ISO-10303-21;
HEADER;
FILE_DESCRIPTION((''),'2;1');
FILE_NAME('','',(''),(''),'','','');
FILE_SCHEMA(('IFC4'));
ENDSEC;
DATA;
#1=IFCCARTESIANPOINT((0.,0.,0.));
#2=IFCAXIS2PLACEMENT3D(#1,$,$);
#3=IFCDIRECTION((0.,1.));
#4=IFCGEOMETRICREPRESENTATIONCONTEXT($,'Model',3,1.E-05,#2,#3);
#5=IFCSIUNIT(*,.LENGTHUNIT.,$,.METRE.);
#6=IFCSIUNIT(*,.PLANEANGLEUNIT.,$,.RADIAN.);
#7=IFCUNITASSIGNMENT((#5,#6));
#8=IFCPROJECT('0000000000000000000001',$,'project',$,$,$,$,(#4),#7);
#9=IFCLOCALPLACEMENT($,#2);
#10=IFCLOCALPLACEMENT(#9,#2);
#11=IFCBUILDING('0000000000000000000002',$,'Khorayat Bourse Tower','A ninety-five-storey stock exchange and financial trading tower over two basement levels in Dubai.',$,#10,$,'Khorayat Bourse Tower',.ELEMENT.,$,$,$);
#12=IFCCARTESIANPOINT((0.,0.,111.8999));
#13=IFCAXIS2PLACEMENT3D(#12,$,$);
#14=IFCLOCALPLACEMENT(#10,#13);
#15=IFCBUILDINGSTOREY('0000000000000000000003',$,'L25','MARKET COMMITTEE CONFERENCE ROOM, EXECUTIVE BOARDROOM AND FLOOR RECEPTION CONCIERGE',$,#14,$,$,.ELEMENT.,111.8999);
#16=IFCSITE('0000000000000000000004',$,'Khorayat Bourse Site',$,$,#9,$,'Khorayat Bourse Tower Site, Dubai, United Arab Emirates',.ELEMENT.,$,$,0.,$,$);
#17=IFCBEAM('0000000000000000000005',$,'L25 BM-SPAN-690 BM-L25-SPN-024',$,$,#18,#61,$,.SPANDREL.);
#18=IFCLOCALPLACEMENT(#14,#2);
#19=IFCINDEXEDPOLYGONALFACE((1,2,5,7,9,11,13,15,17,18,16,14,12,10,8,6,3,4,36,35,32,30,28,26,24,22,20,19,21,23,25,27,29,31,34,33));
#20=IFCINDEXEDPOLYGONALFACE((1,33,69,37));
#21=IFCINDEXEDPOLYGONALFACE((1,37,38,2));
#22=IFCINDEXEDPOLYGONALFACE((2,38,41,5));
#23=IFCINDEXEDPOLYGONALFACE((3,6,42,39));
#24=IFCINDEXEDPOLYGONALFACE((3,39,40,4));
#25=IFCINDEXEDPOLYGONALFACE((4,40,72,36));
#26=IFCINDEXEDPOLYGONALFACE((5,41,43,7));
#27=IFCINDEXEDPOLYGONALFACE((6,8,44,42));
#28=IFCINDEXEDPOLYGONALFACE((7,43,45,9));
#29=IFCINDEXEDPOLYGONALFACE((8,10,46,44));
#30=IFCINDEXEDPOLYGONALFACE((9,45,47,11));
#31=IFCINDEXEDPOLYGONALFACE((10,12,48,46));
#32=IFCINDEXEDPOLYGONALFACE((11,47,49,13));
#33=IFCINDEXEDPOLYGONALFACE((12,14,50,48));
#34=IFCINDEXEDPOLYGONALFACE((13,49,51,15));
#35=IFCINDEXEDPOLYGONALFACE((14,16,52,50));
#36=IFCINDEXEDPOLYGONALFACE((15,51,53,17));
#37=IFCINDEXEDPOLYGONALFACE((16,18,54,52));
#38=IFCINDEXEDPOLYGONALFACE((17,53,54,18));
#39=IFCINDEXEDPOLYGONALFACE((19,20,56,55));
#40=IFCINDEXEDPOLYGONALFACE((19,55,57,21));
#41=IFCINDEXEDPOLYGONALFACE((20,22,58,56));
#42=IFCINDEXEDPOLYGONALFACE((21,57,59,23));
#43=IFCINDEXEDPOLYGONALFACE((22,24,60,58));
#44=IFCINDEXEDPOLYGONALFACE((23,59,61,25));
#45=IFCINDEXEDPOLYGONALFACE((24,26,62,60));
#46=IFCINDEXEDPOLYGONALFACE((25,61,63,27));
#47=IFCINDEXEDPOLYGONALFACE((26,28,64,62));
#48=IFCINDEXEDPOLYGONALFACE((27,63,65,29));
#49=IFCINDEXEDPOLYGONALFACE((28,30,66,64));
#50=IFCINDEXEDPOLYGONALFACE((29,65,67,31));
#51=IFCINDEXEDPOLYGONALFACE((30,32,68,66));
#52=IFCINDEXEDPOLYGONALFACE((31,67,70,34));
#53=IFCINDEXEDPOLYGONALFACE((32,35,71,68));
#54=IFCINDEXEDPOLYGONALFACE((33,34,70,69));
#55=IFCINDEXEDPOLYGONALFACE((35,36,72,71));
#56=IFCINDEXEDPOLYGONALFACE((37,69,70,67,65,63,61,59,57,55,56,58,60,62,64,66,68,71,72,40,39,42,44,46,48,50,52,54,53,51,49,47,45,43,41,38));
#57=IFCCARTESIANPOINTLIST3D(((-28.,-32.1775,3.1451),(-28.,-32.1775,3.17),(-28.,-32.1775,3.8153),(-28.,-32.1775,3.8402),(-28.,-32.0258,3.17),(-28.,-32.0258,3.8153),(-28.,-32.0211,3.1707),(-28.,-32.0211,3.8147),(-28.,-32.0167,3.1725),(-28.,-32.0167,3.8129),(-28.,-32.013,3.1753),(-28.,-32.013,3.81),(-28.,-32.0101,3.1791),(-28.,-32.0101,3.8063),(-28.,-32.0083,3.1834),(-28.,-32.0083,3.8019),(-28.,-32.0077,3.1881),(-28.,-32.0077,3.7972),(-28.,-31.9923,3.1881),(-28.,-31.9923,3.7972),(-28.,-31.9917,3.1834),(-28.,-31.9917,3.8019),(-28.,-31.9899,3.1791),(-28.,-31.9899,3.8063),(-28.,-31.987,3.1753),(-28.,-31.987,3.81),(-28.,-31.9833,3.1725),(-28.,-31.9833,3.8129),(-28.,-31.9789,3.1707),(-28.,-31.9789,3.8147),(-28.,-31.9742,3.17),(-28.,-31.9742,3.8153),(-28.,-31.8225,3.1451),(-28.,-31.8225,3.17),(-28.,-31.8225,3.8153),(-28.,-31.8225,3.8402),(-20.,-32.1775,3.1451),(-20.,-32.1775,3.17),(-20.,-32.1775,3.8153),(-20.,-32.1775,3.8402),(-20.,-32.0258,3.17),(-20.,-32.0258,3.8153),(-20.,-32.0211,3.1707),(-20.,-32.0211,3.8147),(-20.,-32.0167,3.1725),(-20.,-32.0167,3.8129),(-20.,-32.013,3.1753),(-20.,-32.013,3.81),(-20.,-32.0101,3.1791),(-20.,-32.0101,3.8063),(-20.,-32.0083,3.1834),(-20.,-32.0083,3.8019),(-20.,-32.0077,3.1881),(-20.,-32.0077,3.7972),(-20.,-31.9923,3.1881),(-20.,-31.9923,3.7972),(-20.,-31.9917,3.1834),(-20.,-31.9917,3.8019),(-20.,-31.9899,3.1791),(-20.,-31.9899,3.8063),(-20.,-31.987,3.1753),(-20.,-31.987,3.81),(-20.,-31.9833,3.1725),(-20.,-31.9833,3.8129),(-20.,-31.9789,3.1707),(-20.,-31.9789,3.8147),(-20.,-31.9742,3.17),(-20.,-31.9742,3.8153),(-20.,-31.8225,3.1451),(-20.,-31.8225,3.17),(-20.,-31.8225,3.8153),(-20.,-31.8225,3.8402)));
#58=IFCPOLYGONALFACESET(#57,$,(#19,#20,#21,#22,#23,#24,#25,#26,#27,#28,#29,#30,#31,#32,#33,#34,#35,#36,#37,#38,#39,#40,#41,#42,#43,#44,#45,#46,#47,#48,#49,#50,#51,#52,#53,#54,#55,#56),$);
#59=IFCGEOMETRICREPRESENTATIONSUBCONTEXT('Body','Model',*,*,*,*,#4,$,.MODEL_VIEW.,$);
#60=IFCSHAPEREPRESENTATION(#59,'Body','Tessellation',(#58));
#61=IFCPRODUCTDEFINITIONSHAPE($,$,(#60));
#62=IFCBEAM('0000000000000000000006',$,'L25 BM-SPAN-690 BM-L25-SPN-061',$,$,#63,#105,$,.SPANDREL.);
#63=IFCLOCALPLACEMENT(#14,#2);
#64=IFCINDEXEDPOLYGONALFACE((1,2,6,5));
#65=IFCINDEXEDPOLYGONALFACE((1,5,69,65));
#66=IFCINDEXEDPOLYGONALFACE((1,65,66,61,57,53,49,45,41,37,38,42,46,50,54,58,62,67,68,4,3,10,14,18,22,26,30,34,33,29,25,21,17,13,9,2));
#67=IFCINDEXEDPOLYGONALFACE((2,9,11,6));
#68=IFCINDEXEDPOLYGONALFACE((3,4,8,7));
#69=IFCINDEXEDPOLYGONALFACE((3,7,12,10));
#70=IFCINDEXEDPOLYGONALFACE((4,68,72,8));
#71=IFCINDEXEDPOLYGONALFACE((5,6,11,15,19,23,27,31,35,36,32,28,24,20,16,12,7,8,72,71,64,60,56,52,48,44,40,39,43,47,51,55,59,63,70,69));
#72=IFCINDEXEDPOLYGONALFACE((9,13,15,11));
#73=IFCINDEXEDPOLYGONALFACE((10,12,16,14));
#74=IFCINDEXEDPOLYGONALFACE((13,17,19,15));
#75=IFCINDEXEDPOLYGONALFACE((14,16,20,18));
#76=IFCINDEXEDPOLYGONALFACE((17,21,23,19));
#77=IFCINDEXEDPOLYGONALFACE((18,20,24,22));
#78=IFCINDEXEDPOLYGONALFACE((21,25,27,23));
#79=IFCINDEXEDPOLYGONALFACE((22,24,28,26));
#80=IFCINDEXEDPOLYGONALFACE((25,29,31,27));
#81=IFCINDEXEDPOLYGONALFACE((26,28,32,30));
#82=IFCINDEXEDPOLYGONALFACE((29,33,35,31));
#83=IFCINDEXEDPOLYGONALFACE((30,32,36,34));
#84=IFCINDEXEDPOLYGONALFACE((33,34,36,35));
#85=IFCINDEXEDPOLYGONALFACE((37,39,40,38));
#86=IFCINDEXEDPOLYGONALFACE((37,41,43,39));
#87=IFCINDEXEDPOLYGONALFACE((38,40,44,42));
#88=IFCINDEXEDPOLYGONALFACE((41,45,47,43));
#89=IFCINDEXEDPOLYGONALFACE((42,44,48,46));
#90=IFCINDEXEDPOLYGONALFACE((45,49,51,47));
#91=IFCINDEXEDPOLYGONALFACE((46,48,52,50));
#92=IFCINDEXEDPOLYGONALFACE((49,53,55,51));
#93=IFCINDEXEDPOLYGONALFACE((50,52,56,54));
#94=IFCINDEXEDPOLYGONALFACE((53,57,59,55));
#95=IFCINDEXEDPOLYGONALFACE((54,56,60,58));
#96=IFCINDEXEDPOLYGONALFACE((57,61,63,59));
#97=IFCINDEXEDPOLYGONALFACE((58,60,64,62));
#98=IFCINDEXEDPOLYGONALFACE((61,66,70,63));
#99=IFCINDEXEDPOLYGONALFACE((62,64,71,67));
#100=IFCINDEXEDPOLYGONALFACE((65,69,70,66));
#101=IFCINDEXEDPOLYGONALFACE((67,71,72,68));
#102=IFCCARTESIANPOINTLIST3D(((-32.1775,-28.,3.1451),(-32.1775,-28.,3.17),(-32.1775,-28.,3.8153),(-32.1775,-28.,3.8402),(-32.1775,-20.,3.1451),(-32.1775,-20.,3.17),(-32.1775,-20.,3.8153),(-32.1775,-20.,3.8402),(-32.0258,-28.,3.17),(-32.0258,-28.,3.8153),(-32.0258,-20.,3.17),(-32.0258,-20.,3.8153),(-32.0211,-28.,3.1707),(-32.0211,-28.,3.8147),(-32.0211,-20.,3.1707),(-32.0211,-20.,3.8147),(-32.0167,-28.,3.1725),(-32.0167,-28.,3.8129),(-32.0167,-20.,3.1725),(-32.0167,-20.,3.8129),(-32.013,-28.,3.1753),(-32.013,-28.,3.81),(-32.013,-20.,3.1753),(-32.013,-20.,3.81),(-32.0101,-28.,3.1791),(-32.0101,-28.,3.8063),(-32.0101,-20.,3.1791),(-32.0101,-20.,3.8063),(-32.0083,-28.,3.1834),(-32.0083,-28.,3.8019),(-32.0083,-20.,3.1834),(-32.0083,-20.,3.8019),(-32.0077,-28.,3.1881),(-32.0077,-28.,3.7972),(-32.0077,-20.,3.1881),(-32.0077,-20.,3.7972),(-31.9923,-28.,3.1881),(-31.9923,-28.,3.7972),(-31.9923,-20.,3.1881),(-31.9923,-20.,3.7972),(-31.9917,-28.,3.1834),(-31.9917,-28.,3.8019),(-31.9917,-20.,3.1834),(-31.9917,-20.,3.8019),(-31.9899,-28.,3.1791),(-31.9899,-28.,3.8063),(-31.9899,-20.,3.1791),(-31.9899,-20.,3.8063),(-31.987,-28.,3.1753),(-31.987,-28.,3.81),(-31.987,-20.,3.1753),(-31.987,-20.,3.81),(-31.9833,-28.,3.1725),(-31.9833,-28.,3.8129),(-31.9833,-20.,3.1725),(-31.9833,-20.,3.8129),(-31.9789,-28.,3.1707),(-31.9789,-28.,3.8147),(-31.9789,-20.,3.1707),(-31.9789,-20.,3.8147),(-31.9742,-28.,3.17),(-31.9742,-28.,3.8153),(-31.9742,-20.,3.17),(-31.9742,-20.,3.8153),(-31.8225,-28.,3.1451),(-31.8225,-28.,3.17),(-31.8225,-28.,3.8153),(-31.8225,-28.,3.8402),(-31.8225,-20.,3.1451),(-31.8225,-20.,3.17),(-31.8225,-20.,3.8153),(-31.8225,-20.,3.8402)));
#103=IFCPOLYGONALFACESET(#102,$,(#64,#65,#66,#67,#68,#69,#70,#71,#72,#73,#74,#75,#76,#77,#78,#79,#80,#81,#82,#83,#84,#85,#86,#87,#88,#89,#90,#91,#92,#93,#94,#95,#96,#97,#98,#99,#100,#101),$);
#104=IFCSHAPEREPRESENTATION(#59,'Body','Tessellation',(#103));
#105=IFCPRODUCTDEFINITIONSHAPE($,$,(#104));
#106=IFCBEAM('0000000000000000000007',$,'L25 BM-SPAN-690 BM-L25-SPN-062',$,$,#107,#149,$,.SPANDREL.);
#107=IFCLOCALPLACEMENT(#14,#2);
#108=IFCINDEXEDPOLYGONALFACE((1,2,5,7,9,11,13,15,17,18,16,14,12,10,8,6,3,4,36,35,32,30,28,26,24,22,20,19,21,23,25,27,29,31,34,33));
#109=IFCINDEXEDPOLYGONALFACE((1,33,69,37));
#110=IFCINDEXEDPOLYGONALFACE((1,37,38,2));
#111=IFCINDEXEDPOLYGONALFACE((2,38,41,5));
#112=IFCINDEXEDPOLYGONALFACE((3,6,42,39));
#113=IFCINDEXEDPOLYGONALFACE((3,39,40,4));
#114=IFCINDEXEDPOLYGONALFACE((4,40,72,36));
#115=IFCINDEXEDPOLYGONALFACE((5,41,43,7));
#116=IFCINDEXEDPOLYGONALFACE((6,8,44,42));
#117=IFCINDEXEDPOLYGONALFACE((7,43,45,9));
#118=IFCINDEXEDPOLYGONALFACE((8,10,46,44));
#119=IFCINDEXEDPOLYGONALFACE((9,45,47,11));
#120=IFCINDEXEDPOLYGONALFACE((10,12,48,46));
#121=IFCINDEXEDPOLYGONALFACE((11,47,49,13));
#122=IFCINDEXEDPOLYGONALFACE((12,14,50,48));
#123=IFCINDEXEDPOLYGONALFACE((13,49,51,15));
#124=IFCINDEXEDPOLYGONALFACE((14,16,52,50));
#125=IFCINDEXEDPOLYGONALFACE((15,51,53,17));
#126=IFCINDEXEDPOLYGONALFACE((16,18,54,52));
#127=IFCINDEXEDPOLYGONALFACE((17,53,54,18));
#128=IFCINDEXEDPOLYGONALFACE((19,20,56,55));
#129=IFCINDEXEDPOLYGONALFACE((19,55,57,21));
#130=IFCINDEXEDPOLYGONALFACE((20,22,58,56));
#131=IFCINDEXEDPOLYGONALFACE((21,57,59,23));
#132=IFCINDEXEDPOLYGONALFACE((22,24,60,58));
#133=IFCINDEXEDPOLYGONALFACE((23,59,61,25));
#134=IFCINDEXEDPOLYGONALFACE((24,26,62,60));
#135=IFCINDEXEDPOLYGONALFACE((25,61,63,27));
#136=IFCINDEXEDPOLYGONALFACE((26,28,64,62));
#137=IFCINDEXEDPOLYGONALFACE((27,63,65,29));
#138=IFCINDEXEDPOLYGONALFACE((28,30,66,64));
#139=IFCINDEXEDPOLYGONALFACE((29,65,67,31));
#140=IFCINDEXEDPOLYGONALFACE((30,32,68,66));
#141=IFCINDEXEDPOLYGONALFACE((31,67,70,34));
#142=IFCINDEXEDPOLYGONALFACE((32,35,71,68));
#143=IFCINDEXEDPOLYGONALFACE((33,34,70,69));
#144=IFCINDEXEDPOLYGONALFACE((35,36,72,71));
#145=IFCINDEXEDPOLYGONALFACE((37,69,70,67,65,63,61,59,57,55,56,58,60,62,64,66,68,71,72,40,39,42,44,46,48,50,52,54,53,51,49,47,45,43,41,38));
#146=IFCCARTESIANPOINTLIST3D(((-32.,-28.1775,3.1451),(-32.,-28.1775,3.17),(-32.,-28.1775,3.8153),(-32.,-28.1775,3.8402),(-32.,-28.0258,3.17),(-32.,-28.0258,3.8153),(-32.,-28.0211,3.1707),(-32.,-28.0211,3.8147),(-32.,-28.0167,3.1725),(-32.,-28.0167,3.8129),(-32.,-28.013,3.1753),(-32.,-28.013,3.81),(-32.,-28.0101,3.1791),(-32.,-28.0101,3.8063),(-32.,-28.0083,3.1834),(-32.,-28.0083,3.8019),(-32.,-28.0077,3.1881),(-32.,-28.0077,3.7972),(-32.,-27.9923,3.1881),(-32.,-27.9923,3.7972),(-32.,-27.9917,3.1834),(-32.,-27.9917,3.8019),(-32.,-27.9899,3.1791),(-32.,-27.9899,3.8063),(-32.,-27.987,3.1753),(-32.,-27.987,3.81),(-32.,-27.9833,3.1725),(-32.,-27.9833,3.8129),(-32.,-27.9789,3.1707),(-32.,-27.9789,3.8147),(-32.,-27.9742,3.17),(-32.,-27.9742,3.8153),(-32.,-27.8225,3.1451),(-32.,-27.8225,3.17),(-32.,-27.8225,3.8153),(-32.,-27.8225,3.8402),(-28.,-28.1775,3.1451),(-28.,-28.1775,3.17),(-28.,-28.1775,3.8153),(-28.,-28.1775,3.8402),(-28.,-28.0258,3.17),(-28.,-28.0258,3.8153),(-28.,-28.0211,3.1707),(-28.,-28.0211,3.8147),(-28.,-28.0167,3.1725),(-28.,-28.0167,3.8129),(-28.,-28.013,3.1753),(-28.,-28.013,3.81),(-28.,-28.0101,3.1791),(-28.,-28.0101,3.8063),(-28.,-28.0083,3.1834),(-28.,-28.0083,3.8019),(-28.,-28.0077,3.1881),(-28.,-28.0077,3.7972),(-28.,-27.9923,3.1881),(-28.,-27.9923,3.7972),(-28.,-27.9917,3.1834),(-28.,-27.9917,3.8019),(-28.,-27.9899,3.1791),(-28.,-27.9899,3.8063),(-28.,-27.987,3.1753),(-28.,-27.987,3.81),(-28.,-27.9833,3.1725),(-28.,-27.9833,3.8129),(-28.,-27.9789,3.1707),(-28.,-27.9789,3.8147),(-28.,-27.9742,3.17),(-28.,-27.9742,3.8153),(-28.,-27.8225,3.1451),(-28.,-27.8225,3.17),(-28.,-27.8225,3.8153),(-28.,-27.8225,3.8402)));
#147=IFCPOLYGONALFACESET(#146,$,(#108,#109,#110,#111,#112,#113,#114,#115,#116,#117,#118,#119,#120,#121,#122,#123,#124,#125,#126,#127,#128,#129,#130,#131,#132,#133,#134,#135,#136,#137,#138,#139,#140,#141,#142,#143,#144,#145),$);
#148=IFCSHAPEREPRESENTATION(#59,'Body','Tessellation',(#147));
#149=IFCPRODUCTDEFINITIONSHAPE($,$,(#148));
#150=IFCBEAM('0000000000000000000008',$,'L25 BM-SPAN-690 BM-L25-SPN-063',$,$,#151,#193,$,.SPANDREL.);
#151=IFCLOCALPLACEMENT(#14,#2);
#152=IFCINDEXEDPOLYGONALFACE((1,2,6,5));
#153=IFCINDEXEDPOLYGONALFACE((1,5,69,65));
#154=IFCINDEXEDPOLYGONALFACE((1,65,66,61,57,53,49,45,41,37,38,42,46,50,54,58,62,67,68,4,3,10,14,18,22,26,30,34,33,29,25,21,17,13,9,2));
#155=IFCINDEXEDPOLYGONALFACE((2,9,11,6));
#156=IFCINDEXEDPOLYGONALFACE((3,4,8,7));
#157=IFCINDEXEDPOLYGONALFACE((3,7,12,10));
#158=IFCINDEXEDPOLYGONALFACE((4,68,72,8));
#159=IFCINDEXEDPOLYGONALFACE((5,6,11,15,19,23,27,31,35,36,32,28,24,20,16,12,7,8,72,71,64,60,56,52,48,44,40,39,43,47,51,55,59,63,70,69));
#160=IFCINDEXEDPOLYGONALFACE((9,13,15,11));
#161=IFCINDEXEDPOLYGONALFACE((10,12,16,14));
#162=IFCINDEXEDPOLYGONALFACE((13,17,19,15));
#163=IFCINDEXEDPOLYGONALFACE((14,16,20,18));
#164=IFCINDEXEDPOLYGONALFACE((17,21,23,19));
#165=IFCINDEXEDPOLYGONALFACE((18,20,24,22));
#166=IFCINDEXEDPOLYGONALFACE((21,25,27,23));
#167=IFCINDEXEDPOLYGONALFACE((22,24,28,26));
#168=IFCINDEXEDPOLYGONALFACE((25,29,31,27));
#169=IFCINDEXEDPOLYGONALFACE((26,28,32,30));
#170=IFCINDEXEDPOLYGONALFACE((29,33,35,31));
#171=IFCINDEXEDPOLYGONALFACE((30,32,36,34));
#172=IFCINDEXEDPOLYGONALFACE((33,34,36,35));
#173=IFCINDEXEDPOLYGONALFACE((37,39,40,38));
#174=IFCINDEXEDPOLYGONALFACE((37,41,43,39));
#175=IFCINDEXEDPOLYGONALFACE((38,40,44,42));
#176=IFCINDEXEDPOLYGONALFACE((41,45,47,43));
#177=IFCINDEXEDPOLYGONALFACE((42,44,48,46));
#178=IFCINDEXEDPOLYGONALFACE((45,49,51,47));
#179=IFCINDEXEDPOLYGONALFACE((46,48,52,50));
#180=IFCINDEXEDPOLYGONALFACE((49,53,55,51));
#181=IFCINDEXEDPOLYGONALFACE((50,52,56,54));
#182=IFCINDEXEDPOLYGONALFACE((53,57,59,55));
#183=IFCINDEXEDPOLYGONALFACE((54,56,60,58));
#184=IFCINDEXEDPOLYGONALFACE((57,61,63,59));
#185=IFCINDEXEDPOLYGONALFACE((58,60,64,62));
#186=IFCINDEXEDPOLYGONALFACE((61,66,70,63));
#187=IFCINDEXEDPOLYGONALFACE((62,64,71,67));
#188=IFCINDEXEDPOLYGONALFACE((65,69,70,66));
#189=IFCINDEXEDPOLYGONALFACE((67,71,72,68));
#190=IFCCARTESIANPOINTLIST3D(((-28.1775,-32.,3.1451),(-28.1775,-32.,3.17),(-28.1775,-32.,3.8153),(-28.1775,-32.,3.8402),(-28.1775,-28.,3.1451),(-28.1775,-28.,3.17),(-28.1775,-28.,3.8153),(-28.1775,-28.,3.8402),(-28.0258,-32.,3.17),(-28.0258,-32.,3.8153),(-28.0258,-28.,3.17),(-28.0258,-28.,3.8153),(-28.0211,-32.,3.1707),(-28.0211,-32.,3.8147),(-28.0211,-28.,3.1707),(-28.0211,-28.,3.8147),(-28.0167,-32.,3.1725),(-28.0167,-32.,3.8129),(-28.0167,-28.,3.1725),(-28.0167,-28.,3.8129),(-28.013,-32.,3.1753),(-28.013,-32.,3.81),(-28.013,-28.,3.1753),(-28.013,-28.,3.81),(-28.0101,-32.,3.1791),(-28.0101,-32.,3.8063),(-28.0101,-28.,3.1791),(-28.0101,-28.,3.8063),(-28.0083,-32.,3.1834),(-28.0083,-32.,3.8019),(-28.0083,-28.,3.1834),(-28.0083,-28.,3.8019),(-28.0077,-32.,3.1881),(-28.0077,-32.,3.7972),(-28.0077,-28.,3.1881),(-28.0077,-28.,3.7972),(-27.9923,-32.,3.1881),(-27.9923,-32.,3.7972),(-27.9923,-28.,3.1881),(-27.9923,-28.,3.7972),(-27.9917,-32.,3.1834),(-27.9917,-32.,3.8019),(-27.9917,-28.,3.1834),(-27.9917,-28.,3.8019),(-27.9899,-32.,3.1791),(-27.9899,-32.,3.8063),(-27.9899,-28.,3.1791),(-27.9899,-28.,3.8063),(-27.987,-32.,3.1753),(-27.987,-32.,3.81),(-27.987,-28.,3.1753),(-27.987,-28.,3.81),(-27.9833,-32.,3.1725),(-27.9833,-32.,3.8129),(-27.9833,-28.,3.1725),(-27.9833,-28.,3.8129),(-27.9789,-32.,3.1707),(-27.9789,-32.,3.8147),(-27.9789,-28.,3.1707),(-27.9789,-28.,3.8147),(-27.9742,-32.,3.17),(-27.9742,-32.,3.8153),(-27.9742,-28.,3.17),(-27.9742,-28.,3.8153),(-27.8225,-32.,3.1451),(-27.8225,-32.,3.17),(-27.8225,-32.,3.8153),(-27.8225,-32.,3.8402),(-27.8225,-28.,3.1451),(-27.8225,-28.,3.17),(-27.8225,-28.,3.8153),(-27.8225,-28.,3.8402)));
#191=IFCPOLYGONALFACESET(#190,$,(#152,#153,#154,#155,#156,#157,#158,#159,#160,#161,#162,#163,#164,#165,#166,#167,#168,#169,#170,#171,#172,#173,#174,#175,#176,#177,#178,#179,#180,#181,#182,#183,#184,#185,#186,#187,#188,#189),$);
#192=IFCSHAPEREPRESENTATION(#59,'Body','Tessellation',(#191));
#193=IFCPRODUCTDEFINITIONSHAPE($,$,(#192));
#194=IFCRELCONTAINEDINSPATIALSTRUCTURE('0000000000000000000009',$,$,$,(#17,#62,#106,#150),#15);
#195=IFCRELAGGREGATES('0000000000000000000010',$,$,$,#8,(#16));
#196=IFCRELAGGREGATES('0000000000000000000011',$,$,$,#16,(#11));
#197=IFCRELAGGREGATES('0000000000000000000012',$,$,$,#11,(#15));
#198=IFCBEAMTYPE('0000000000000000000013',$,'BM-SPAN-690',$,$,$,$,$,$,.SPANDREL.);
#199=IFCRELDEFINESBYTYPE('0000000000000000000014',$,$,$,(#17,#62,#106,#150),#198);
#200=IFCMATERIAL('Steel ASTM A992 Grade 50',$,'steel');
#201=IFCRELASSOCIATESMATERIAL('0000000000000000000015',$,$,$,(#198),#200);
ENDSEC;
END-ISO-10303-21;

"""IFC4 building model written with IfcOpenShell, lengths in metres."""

from ifc_helpers import new_model, si_unit, direction, frame, origin, origin_2d, place, context, subcontext, project, spatial, i_section, extrude, source, transform, mapped, material, material_profile, profile_set, type_object, element, save


model = new_model("IFC4")

# Units and contexts
model_context = context("Model", 3, precision=1e-05, world=origin(), true_north=direction((0.0, 1.0)))
body_context = subcontext(model_context, "Body", "Model", "MODEL_VIEW")
ifc_project = project(units=[si_unit("LENGTHUNIT", "METRE"), si_unit("PLANEANGLEUNIT", "RADIAN")], contexts=[model_context])

# Site, building, storey
site_placement = place(None, origin())
site = spatial("IfcSite", under=ifc_project, at=site_placement, Name="Khorayat Bourse Site", LongName="Khorayat Bourse Tower Site, Dubai, United Arab Emirates", CompositionType="ELEMENT", RefElevation=0.0)
building_placement = place(site_placement, origin())
building = spatial("IfcBuilding", under=site, at=building_placement, Name="Khorayat Bourse Tower", Description="A ninety-five-storey stock exchange and financial trading tower over two basement levels in Dubai.", LongName="Khorayat Bourse Tower", CompositionType="ELEMENT")
storey_placement = place(building_placement, frame((0.0, 0.0, 111.8999)))
storey = spatial("IfcBuildingStorey", under=building, at=storey_placement, Name="L25", Description="MARKET COMMITTEE CONFERENCE ROOM, EXECUTIVE BOARDROOM AND FLOOR RECEPTION CONCIERGE", CompositionType="ELEMENT", Elevation=111.8999)

# Beams
ifc_material_1 = material(Name="Steel ASTM A992 Grade 50", Category="steel")
ifc_material_profile_1 = material_profile(ifc_material_1, i_section(OverallWidth=0.355, OverallDepth=0.6951, WebThickness=0.0154, FlangeThickness=0.0249, FilletRadius=0.0181, at=origin_2d()), Name="W690X217")
ifc_profile_set_1 = profile_set([ifc_material_profile_1], Name="Steel ASTM A992 Grade 50")
beam_type_1 = type_object("IfcBeamType", Name="BM-SPAN-690", PredefinedType="SPANDREL", material=ifc_profile_set_1)
shared_shape_1 = source(origin(), body_context, "Body", "SweptSolid", [
    extrude(i_section(OverallWidth=0.355, OverallDepth=0.6951, WebThickness=0.0154, FlangeThickness=0.0249, FilletRadius=0.0181, at=origin_2d()), origin(), (0.0, 0.0, 1.0), 8.0),
])
for number, where, z_axis, x_axis, name in (
    (1, (-28.0, -32.0, 3.4927), (1.0, 0.0, 0.0), (0.0, 1.0, 0.0), "L25 BM-SPAN-690 BM-L25-SPN-024"),
    (2, (-32.0, -28.0, 3.4927), (0.0, 1.0, 0.0), (-1.0, 0.0, 0.0), "L25 BM-SPAN-690 BM-L25-SPN-061"),
):
    element("IfcBeam", number, at=place(storey_placement, frame(where, z_axis=z_axis, x_axis=x_axis)), inside=storey, type_object=beam_type_1, Name=name, PredefinedType="SPANDREL", context=body_context, shape_type="MappedRepresentation", body=[
        mapped(shared_shape_1, transform((0.0, 0.0, 0.0), scale=1.0)),
    ])
shared_shape_2 = source(origin(), body_context, "Body", "SweptSolid", [
    extrude(i_section(OverallWidth=0.355, OverallDepth=0.6951, WebThickness=0.0154, FlangeThickness=0.0249, FilletRadius=0.0181, at=origin_2d()), origin(), (0.0, 0.0, 1.0), 4.0),
])
for number, where, z_axis, x_axis, name in (
    (3, (-32.0, -28.0, 3.4927), (1.0, 0.0, 0.0), (0.0, 1.0, 0.0), "L25 BM-SPAN-690 BM-L25-SPN-062"),
    (4, (-28.0, -32.0, 3.4927), (0.0, 1.0, 0.0), (-1.0, 0.0, 0.0), "L25 BM-SPAN-690 BM-L25-SPN-063"),
):
    element("IfcBeam", number, at=place(storey_placement, frame(where, z_axis=z_axis, x_axis=x_axis)), inside=storey, type_object=beam_type_1, Name=name, PredefinedType="SPANDREL", context=body_context, shape_type="MappedRepresentation", body=[
        mapped(shared_shape_2, transform((0.0, 0.0, 0.0), scale=1.0)),
    ])

save(model, "model.ifc")
